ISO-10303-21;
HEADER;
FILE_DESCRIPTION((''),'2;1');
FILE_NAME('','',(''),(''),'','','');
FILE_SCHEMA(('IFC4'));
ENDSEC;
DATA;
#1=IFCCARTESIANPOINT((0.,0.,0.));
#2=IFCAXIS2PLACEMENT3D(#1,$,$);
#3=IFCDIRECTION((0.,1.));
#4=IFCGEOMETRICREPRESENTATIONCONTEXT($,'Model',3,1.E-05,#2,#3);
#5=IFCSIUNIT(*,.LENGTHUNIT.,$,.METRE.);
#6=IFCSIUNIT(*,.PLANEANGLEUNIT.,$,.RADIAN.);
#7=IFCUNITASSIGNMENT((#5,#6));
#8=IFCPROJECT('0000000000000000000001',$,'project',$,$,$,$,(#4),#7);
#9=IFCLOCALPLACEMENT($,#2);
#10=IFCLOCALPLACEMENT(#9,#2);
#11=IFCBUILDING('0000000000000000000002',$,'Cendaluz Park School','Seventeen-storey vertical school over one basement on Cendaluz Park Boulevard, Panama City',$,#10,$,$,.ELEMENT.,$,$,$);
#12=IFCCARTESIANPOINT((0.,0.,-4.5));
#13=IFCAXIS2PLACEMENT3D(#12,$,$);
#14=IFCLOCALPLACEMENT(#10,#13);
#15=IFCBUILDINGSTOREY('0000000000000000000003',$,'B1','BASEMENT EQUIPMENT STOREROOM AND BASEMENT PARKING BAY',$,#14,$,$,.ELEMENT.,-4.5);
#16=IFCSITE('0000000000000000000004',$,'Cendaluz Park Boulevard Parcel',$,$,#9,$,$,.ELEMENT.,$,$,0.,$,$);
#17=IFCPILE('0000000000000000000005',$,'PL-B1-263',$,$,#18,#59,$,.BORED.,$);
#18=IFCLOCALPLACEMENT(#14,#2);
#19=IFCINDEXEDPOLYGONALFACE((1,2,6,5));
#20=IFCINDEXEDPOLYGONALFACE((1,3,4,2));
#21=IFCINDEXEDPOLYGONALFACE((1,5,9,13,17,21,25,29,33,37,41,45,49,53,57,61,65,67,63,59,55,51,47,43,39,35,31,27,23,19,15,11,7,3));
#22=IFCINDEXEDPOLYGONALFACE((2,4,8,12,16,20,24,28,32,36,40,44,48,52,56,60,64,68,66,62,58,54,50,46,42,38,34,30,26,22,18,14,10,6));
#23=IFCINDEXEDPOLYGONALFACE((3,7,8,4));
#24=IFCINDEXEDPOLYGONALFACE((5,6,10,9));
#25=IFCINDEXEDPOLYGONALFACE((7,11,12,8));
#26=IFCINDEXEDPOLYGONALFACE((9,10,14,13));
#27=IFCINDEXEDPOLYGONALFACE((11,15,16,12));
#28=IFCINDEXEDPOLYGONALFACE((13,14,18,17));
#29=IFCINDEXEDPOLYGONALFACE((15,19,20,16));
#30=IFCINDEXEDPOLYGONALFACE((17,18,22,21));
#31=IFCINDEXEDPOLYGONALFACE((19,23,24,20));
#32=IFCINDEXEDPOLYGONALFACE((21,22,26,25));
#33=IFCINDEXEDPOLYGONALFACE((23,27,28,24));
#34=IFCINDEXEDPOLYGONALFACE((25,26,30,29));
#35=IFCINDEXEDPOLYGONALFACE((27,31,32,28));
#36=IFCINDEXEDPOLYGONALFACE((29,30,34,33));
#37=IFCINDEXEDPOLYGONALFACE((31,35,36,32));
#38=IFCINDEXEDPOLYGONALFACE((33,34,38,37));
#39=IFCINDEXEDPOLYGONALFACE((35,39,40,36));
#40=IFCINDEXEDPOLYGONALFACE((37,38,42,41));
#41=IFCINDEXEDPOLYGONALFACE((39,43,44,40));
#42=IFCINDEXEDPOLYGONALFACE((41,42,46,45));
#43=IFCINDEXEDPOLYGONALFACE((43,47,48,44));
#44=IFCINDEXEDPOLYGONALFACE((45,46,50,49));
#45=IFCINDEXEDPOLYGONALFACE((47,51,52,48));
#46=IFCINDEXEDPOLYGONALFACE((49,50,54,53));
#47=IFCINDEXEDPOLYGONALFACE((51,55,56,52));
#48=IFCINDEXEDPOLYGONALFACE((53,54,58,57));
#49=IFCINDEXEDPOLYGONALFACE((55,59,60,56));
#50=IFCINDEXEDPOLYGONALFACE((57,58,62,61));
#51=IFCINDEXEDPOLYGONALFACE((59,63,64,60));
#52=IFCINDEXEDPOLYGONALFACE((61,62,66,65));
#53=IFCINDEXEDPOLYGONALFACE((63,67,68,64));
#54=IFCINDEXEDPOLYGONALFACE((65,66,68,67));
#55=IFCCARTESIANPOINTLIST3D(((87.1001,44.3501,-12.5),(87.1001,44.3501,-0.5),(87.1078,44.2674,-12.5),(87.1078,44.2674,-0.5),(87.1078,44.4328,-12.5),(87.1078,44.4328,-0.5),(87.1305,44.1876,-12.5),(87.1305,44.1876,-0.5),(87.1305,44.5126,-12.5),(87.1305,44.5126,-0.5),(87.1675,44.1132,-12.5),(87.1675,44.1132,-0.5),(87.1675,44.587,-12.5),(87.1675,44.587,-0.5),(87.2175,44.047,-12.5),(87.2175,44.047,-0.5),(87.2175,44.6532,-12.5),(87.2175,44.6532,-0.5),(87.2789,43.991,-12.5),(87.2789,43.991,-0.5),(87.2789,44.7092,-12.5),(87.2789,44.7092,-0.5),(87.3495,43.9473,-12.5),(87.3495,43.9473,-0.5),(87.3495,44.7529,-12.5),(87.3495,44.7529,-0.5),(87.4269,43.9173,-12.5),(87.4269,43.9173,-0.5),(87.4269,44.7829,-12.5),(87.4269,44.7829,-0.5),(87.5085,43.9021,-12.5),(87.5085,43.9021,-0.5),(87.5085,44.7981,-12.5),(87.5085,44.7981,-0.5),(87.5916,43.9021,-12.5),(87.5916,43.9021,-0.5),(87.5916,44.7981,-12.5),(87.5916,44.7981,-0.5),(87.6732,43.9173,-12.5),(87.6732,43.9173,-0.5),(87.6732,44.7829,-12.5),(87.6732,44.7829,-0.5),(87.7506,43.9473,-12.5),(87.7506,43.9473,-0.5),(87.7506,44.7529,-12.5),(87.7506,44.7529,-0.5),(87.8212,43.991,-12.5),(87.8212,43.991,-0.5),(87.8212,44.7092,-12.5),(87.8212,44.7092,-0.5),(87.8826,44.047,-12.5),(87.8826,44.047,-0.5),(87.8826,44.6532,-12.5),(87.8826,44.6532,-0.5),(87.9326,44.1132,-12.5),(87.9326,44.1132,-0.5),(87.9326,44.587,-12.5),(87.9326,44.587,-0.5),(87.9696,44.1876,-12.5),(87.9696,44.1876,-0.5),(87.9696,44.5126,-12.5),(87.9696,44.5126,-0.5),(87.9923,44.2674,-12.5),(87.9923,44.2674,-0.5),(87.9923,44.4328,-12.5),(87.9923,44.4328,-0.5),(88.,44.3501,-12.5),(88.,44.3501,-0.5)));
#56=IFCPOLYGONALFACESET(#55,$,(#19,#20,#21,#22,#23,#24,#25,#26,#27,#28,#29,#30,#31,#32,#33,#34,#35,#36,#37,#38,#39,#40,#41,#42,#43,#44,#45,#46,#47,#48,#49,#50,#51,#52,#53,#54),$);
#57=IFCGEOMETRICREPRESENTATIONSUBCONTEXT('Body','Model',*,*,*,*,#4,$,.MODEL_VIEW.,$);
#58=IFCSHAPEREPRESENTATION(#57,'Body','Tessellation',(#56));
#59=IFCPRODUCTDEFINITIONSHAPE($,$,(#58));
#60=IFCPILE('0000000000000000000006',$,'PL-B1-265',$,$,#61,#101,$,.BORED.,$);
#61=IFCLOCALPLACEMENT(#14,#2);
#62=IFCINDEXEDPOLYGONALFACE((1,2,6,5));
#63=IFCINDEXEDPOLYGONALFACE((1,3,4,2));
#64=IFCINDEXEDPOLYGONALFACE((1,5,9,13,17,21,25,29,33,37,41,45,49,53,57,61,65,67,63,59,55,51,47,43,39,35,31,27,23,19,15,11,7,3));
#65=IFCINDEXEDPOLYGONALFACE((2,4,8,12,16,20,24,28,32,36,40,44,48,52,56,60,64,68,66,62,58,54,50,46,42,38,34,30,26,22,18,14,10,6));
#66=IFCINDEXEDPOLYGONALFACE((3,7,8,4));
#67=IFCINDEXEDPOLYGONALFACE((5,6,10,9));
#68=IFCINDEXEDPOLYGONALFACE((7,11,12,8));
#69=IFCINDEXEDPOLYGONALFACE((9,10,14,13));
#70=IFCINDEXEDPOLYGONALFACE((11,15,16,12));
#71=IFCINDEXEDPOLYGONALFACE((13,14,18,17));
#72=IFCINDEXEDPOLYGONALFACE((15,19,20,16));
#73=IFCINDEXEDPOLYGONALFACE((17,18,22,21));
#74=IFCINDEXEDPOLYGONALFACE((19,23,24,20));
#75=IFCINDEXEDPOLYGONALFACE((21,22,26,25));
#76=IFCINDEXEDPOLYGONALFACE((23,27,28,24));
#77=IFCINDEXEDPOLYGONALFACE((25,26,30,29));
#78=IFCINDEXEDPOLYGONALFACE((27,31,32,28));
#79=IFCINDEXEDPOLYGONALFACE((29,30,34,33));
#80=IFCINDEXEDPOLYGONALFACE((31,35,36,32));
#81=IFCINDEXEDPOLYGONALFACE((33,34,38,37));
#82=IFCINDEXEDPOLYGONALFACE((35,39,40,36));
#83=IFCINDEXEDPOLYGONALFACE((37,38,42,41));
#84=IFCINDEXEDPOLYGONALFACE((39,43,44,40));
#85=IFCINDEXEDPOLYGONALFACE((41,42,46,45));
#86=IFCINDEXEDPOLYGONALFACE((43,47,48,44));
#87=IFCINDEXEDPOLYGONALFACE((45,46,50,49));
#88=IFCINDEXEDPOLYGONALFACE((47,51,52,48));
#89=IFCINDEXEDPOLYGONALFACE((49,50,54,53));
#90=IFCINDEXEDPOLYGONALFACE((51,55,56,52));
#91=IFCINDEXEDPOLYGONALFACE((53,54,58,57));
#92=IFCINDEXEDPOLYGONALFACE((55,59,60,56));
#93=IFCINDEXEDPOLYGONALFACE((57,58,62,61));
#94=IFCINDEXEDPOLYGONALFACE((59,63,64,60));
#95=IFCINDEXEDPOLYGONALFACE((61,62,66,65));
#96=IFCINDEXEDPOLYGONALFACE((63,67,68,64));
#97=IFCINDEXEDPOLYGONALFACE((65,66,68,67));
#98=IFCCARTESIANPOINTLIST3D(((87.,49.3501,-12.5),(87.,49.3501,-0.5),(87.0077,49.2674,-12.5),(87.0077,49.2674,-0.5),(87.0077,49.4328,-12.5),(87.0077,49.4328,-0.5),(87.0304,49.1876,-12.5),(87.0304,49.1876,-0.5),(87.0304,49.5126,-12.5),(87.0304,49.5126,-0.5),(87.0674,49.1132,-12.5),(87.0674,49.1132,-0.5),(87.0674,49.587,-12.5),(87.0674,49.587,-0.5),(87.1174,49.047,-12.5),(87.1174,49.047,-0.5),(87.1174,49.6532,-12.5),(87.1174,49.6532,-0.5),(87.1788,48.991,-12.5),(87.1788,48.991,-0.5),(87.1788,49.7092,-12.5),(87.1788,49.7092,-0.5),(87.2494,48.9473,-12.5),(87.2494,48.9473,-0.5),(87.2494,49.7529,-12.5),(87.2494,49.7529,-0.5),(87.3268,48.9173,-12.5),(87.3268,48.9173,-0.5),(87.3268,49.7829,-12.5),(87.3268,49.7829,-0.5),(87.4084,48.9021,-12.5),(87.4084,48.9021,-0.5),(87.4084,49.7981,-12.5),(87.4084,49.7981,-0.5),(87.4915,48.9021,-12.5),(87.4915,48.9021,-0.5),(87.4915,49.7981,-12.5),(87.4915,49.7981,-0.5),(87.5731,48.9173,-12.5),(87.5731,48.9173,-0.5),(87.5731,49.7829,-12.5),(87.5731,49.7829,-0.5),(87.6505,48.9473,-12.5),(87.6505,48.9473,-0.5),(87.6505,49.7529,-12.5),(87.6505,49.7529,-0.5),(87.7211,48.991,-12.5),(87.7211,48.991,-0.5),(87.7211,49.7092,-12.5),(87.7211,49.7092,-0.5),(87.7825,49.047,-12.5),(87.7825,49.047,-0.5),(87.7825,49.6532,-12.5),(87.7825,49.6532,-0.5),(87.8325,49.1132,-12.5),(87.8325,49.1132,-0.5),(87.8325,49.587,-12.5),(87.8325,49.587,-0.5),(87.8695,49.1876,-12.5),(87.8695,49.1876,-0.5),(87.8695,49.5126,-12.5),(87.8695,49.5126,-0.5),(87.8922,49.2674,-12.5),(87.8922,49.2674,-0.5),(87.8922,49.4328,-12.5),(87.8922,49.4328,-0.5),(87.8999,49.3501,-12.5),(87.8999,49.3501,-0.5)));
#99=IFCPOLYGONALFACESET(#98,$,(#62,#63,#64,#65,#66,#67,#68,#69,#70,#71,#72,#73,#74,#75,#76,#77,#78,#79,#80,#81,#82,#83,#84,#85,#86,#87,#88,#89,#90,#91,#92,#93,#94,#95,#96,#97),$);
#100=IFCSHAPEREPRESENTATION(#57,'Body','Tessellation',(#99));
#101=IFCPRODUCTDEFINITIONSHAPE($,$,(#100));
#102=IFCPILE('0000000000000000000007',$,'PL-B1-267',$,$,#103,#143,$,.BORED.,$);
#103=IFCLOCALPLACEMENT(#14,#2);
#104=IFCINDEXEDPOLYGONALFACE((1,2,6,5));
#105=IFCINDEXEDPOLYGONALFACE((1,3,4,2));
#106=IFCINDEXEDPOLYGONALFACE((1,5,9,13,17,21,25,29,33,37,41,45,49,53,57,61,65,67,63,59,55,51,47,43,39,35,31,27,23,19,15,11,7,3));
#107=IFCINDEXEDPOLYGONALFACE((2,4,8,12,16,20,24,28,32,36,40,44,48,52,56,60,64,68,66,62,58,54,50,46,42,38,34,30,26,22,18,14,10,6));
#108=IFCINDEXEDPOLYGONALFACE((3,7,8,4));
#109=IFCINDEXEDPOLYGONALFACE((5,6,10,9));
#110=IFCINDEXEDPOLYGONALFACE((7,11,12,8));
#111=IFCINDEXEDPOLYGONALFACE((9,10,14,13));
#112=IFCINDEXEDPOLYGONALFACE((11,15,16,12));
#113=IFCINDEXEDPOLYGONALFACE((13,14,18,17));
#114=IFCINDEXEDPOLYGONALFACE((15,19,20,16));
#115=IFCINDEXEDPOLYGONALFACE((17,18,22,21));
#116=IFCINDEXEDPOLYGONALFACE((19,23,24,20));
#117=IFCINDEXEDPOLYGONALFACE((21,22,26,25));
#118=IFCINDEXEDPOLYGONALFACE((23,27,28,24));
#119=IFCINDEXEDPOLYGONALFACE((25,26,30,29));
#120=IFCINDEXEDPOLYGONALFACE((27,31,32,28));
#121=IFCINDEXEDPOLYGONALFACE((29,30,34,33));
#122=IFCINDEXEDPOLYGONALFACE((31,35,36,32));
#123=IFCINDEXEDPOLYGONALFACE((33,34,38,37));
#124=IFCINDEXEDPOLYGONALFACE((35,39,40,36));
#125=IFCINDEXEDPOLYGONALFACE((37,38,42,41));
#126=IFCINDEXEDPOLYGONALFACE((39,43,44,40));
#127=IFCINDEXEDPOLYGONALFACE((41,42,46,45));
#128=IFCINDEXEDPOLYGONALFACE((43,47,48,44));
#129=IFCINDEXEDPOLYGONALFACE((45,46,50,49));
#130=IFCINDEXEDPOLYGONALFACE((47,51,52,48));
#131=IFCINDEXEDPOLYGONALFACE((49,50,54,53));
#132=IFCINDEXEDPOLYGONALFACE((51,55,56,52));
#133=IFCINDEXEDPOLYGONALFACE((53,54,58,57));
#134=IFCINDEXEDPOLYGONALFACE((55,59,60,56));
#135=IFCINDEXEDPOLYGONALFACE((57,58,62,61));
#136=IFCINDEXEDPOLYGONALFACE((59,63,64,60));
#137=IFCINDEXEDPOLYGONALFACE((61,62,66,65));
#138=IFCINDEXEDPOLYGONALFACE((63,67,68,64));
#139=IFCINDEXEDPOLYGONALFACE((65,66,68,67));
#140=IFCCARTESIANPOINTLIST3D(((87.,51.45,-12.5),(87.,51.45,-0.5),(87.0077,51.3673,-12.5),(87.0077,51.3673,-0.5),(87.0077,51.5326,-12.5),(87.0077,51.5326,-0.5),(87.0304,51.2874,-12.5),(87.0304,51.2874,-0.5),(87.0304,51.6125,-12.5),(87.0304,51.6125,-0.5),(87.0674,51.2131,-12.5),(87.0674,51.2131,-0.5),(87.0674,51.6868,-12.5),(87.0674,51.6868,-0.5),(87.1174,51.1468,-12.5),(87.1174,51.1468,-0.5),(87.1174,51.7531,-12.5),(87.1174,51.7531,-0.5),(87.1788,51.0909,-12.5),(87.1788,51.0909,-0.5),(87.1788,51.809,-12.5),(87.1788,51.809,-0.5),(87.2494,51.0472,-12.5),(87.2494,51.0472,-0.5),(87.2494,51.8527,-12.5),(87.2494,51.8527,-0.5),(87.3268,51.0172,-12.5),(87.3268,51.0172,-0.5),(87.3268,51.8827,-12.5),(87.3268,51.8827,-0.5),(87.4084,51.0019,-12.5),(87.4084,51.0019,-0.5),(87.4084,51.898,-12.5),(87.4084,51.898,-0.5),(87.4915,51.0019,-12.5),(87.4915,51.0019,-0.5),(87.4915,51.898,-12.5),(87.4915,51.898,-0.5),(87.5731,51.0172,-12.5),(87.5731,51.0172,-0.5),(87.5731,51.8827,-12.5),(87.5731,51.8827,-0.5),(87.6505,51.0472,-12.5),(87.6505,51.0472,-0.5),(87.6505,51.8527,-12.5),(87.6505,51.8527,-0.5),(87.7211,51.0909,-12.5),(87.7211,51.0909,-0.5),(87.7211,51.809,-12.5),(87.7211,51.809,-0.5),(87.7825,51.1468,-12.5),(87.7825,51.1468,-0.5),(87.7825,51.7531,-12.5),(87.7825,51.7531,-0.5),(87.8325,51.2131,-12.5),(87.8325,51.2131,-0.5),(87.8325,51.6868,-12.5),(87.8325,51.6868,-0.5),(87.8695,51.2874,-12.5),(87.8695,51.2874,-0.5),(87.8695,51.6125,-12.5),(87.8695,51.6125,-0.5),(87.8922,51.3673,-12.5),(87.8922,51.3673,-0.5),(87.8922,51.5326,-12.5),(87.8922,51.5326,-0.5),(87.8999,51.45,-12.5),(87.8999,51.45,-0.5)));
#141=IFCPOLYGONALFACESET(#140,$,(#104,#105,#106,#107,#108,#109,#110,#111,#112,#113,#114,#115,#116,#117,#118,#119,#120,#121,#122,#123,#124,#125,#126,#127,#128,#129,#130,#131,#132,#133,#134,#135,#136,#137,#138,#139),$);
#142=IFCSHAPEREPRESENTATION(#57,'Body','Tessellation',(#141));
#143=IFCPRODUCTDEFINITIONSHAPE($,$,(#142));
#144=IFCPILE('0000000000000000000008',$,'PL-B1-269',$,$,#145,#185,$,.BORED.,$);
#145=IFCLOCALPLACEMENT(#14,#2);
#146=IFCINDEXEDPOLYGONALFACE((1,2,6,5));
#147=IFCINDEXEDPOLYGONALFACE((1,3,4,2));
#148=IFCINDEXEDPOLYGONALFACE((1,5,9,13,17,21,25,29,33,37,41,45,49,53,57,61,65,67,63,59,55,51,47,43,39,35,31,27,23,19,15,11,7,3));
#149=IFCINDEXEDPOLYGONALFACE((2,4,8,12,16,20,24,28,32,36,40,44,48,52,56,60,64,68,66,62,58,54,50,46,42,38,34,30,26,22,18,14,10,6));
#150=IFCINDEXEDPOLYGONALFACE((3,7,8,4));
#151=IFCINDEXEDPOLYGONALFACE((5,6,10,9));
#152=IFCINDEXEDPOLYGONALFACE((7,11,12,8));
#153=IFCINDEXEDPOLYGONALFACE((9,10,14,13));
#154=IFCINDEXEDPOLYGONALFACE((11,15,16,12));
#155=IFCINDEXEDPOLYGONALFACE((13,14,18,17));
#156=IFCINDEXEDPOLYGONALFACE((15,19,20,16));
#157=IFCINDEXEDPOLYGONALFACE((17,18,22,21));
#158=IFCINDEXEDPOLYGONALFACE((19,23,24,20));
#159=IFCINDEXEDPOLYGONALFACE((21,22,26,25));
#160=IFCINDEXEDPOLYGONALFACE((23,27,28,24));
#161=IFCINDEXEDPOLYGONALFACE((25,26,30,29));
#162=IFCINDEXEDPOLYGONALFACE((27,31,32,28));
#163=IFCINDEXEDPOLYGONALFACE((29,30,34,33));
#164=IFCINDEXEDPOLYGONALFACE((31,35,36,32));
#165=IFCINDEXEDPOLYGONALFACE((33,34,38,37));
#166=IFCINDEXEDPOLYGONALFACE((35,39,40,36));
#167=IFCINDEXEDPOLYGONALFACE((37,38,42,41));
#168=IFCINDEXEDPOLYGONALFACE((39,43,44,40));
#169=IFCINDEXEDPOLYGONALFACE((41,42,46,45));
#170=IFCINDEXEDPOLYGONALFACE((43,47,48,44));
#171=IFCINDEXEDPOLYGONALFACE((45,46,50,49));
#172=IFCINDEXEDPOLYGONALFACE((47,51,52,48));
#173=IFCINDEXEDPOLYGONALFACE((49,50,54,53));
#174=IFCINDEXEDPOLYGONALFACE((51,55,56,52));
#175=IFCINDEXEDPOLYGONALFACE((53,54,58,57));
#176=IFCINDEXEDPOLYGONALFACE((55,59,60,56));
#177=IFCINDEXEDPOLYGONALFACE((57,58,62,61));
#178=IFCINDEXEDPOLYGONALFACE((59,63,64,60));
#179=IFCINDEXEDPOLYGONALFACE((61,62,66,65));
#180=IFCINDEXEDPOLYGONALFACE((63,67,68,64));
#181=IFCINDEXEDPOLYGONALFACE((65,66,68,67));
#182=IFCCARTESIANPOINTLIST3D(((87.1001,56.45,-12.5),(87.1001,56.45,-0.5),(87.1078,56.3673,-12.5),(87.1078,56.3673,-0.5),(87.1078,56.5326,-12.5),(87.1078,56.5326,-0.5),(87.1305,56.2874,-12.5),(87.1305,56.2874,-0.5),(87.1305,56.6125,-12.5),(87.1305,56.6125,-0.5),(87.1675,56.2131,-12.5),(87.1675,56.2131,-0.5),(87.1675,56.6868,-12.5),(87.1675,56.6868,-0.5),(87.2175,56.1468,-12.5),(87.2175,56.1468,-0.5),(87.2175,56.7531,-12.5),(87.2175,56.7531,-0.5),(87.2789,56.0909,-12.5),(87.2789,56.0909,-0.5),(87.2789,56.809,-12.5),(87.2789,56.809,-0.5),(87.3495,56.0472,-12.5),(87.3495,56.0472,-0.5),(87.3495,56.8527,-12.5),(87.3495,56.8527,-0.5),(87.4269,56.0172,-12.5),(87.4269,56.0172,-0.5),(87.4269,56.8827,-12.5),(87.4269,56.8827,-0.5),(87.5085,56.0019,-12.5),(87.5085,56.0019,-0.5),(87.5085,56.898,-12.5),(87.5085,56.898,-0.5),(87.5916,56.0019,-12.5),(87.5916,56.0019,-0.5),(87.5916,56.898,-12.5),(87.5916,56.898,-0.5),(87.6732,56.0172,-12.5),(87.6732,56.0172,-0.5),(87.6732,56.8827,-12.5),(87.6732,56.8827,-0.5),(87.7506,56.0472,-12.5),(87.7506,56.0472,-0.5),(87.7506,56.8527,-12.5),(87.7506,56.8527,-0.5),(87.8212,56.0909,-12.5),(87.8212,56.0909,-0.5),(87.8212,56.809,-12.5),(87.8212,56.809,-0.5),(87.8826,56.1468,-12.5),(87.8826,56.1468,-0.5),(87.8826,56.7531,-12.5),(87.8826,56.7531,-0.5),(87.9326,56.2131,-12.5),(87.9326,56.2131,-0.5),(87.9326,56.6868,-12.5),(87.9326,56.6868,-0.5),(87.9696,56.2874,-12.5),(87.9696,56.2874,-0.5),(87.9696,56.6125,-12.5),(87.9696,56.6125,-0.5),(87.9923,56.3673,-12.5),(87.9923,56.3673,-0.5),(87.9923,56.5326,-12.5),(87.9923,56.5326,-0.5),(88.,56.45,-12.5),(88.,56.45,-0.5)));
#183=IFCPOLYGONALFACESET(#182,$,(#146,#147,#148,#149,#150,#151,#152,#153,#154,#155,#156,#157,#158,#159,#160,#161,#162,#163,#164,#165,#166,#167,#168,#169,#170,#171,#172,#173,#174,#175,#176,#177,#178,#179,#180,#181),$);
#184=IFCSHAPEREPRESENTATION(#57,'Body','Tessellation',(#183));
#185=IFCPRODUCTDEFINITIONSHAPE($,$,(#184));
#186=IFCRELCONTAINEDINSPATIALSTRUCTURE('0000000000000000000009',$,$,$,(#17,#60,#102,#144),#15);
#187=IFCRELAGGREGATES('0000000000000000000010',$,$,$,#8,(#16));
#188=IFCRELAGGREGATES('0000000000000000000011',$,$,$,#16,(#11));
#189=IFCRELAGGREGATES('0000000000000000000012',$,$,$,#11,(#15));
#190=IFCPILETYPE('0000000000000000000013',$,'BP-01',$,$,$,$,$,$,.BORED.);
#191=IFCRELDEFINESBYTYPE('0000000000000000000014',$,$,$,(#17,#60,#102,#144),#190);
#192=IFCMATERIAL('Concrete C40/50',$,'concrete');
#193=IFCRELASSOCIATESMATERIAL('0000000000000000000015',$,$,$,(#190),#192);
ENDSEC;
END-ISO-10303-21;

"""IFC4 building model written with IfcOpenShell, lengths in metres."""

from ifc_helpers import new_model, si_unit, direction, frame, origin, origin_2d, place, context, subcontext, project, spatial, circle, extrude, material, material_profile, profile_set, type_object, element, save


model = new_model("IFC4")

# Units and contexts
model_context = context("Model", 3, precision=1e-05, world=origin(), true_north=direction((0.0, 1.0)))
body_context = subcontext(model_context, "Body", "Model", "MODEL_VIEW")
ifc_project = project(units=[si_unit("LENGTHUNIT", "METRE"), si_unit("PLANEANGLEUNIT", "RADIAN")], contexts=[model_context])

# Site, building, storey
site_placement = place(None, origin())
site = spatial("IfcSite", under=ifc_project, at=site_placement, Name="Cendaluz Park Boulevard Parcel", CompositionType="ELEMENT", RefElevation=0.0)
building_placement = place(site_placement, origin())
building = spatial("IfcBuilding", under=site, at=building_placement, Name="Cendaluz Park School", Description="Seventeen-storey vertical school over one basement on Cendaluz Park Boulevard, Panama City", CompositionType="ELEMENT")
storey_placement = place(building_placement, frame((0.0, 0.0, -4.5)))
storey = spatial("IfcBuildingStorey", under=building, at=storey_placement, Name="B1", Description="BASEMENT EQUIPMENT STOREROOM AND BASEMENT PARKING BAY", CompositionType="ELEMENT", Elevation=-4.5)

# Piles
ifc_material_1 = material(Name="Concrete C40/50", Category="concrete")
ifc_material_profile_1 = material_profile(ifc_material_1, circle(Radius=0.45, at=origin_2d()), Name="BP D900", Category="concrete")
ifc_profile_set_1 = profile_set([ifc_material_profile_1], Name="Concrete C40/50")
pile_type = type_object("IfcPileType", Name="BP-01", PredefinedType="BORED", material=ifc_profile_set_1)
for number, where, z_axis, x_axis, name in (
    (1, (87.55, 44.3501, -0.5), (0.0, 0.0, -1.0), (1.0, 0.0, 0.0), "PL-B1-263"),
    (2, (87.45, 49.3501, -0.5), (0.0, 0.0, -1.0), (1.0, 0.0, 0.0), "PL-B1-265"),
    (3, (87.45, 51.45, -0.5), (0.0, 0.0, -1.0), (1.0, 0.0, 0.0), "PL-B1-267"),
    (4, (87.55, 56.45, -0.5), (0.0, 0.0, -1.0), (1.0, 0.0, 0.0), "PL-B1-269"),
):
    element("IfcPile", number, at=place(storey_placement, frame(where, z_axis=z_axis, x_axis=x_axis)), inside=storey, type_object=pile_type, Name=name, PredefinedType="BORED", context=body_context, shape_type="SweptSolid", body=[
        extrude(circle(Radius=0.45, at=origin_2d()), origin(), (0.0, 0.0, 1.0), 12.0),
    ])

save(model, "model.ifc")
